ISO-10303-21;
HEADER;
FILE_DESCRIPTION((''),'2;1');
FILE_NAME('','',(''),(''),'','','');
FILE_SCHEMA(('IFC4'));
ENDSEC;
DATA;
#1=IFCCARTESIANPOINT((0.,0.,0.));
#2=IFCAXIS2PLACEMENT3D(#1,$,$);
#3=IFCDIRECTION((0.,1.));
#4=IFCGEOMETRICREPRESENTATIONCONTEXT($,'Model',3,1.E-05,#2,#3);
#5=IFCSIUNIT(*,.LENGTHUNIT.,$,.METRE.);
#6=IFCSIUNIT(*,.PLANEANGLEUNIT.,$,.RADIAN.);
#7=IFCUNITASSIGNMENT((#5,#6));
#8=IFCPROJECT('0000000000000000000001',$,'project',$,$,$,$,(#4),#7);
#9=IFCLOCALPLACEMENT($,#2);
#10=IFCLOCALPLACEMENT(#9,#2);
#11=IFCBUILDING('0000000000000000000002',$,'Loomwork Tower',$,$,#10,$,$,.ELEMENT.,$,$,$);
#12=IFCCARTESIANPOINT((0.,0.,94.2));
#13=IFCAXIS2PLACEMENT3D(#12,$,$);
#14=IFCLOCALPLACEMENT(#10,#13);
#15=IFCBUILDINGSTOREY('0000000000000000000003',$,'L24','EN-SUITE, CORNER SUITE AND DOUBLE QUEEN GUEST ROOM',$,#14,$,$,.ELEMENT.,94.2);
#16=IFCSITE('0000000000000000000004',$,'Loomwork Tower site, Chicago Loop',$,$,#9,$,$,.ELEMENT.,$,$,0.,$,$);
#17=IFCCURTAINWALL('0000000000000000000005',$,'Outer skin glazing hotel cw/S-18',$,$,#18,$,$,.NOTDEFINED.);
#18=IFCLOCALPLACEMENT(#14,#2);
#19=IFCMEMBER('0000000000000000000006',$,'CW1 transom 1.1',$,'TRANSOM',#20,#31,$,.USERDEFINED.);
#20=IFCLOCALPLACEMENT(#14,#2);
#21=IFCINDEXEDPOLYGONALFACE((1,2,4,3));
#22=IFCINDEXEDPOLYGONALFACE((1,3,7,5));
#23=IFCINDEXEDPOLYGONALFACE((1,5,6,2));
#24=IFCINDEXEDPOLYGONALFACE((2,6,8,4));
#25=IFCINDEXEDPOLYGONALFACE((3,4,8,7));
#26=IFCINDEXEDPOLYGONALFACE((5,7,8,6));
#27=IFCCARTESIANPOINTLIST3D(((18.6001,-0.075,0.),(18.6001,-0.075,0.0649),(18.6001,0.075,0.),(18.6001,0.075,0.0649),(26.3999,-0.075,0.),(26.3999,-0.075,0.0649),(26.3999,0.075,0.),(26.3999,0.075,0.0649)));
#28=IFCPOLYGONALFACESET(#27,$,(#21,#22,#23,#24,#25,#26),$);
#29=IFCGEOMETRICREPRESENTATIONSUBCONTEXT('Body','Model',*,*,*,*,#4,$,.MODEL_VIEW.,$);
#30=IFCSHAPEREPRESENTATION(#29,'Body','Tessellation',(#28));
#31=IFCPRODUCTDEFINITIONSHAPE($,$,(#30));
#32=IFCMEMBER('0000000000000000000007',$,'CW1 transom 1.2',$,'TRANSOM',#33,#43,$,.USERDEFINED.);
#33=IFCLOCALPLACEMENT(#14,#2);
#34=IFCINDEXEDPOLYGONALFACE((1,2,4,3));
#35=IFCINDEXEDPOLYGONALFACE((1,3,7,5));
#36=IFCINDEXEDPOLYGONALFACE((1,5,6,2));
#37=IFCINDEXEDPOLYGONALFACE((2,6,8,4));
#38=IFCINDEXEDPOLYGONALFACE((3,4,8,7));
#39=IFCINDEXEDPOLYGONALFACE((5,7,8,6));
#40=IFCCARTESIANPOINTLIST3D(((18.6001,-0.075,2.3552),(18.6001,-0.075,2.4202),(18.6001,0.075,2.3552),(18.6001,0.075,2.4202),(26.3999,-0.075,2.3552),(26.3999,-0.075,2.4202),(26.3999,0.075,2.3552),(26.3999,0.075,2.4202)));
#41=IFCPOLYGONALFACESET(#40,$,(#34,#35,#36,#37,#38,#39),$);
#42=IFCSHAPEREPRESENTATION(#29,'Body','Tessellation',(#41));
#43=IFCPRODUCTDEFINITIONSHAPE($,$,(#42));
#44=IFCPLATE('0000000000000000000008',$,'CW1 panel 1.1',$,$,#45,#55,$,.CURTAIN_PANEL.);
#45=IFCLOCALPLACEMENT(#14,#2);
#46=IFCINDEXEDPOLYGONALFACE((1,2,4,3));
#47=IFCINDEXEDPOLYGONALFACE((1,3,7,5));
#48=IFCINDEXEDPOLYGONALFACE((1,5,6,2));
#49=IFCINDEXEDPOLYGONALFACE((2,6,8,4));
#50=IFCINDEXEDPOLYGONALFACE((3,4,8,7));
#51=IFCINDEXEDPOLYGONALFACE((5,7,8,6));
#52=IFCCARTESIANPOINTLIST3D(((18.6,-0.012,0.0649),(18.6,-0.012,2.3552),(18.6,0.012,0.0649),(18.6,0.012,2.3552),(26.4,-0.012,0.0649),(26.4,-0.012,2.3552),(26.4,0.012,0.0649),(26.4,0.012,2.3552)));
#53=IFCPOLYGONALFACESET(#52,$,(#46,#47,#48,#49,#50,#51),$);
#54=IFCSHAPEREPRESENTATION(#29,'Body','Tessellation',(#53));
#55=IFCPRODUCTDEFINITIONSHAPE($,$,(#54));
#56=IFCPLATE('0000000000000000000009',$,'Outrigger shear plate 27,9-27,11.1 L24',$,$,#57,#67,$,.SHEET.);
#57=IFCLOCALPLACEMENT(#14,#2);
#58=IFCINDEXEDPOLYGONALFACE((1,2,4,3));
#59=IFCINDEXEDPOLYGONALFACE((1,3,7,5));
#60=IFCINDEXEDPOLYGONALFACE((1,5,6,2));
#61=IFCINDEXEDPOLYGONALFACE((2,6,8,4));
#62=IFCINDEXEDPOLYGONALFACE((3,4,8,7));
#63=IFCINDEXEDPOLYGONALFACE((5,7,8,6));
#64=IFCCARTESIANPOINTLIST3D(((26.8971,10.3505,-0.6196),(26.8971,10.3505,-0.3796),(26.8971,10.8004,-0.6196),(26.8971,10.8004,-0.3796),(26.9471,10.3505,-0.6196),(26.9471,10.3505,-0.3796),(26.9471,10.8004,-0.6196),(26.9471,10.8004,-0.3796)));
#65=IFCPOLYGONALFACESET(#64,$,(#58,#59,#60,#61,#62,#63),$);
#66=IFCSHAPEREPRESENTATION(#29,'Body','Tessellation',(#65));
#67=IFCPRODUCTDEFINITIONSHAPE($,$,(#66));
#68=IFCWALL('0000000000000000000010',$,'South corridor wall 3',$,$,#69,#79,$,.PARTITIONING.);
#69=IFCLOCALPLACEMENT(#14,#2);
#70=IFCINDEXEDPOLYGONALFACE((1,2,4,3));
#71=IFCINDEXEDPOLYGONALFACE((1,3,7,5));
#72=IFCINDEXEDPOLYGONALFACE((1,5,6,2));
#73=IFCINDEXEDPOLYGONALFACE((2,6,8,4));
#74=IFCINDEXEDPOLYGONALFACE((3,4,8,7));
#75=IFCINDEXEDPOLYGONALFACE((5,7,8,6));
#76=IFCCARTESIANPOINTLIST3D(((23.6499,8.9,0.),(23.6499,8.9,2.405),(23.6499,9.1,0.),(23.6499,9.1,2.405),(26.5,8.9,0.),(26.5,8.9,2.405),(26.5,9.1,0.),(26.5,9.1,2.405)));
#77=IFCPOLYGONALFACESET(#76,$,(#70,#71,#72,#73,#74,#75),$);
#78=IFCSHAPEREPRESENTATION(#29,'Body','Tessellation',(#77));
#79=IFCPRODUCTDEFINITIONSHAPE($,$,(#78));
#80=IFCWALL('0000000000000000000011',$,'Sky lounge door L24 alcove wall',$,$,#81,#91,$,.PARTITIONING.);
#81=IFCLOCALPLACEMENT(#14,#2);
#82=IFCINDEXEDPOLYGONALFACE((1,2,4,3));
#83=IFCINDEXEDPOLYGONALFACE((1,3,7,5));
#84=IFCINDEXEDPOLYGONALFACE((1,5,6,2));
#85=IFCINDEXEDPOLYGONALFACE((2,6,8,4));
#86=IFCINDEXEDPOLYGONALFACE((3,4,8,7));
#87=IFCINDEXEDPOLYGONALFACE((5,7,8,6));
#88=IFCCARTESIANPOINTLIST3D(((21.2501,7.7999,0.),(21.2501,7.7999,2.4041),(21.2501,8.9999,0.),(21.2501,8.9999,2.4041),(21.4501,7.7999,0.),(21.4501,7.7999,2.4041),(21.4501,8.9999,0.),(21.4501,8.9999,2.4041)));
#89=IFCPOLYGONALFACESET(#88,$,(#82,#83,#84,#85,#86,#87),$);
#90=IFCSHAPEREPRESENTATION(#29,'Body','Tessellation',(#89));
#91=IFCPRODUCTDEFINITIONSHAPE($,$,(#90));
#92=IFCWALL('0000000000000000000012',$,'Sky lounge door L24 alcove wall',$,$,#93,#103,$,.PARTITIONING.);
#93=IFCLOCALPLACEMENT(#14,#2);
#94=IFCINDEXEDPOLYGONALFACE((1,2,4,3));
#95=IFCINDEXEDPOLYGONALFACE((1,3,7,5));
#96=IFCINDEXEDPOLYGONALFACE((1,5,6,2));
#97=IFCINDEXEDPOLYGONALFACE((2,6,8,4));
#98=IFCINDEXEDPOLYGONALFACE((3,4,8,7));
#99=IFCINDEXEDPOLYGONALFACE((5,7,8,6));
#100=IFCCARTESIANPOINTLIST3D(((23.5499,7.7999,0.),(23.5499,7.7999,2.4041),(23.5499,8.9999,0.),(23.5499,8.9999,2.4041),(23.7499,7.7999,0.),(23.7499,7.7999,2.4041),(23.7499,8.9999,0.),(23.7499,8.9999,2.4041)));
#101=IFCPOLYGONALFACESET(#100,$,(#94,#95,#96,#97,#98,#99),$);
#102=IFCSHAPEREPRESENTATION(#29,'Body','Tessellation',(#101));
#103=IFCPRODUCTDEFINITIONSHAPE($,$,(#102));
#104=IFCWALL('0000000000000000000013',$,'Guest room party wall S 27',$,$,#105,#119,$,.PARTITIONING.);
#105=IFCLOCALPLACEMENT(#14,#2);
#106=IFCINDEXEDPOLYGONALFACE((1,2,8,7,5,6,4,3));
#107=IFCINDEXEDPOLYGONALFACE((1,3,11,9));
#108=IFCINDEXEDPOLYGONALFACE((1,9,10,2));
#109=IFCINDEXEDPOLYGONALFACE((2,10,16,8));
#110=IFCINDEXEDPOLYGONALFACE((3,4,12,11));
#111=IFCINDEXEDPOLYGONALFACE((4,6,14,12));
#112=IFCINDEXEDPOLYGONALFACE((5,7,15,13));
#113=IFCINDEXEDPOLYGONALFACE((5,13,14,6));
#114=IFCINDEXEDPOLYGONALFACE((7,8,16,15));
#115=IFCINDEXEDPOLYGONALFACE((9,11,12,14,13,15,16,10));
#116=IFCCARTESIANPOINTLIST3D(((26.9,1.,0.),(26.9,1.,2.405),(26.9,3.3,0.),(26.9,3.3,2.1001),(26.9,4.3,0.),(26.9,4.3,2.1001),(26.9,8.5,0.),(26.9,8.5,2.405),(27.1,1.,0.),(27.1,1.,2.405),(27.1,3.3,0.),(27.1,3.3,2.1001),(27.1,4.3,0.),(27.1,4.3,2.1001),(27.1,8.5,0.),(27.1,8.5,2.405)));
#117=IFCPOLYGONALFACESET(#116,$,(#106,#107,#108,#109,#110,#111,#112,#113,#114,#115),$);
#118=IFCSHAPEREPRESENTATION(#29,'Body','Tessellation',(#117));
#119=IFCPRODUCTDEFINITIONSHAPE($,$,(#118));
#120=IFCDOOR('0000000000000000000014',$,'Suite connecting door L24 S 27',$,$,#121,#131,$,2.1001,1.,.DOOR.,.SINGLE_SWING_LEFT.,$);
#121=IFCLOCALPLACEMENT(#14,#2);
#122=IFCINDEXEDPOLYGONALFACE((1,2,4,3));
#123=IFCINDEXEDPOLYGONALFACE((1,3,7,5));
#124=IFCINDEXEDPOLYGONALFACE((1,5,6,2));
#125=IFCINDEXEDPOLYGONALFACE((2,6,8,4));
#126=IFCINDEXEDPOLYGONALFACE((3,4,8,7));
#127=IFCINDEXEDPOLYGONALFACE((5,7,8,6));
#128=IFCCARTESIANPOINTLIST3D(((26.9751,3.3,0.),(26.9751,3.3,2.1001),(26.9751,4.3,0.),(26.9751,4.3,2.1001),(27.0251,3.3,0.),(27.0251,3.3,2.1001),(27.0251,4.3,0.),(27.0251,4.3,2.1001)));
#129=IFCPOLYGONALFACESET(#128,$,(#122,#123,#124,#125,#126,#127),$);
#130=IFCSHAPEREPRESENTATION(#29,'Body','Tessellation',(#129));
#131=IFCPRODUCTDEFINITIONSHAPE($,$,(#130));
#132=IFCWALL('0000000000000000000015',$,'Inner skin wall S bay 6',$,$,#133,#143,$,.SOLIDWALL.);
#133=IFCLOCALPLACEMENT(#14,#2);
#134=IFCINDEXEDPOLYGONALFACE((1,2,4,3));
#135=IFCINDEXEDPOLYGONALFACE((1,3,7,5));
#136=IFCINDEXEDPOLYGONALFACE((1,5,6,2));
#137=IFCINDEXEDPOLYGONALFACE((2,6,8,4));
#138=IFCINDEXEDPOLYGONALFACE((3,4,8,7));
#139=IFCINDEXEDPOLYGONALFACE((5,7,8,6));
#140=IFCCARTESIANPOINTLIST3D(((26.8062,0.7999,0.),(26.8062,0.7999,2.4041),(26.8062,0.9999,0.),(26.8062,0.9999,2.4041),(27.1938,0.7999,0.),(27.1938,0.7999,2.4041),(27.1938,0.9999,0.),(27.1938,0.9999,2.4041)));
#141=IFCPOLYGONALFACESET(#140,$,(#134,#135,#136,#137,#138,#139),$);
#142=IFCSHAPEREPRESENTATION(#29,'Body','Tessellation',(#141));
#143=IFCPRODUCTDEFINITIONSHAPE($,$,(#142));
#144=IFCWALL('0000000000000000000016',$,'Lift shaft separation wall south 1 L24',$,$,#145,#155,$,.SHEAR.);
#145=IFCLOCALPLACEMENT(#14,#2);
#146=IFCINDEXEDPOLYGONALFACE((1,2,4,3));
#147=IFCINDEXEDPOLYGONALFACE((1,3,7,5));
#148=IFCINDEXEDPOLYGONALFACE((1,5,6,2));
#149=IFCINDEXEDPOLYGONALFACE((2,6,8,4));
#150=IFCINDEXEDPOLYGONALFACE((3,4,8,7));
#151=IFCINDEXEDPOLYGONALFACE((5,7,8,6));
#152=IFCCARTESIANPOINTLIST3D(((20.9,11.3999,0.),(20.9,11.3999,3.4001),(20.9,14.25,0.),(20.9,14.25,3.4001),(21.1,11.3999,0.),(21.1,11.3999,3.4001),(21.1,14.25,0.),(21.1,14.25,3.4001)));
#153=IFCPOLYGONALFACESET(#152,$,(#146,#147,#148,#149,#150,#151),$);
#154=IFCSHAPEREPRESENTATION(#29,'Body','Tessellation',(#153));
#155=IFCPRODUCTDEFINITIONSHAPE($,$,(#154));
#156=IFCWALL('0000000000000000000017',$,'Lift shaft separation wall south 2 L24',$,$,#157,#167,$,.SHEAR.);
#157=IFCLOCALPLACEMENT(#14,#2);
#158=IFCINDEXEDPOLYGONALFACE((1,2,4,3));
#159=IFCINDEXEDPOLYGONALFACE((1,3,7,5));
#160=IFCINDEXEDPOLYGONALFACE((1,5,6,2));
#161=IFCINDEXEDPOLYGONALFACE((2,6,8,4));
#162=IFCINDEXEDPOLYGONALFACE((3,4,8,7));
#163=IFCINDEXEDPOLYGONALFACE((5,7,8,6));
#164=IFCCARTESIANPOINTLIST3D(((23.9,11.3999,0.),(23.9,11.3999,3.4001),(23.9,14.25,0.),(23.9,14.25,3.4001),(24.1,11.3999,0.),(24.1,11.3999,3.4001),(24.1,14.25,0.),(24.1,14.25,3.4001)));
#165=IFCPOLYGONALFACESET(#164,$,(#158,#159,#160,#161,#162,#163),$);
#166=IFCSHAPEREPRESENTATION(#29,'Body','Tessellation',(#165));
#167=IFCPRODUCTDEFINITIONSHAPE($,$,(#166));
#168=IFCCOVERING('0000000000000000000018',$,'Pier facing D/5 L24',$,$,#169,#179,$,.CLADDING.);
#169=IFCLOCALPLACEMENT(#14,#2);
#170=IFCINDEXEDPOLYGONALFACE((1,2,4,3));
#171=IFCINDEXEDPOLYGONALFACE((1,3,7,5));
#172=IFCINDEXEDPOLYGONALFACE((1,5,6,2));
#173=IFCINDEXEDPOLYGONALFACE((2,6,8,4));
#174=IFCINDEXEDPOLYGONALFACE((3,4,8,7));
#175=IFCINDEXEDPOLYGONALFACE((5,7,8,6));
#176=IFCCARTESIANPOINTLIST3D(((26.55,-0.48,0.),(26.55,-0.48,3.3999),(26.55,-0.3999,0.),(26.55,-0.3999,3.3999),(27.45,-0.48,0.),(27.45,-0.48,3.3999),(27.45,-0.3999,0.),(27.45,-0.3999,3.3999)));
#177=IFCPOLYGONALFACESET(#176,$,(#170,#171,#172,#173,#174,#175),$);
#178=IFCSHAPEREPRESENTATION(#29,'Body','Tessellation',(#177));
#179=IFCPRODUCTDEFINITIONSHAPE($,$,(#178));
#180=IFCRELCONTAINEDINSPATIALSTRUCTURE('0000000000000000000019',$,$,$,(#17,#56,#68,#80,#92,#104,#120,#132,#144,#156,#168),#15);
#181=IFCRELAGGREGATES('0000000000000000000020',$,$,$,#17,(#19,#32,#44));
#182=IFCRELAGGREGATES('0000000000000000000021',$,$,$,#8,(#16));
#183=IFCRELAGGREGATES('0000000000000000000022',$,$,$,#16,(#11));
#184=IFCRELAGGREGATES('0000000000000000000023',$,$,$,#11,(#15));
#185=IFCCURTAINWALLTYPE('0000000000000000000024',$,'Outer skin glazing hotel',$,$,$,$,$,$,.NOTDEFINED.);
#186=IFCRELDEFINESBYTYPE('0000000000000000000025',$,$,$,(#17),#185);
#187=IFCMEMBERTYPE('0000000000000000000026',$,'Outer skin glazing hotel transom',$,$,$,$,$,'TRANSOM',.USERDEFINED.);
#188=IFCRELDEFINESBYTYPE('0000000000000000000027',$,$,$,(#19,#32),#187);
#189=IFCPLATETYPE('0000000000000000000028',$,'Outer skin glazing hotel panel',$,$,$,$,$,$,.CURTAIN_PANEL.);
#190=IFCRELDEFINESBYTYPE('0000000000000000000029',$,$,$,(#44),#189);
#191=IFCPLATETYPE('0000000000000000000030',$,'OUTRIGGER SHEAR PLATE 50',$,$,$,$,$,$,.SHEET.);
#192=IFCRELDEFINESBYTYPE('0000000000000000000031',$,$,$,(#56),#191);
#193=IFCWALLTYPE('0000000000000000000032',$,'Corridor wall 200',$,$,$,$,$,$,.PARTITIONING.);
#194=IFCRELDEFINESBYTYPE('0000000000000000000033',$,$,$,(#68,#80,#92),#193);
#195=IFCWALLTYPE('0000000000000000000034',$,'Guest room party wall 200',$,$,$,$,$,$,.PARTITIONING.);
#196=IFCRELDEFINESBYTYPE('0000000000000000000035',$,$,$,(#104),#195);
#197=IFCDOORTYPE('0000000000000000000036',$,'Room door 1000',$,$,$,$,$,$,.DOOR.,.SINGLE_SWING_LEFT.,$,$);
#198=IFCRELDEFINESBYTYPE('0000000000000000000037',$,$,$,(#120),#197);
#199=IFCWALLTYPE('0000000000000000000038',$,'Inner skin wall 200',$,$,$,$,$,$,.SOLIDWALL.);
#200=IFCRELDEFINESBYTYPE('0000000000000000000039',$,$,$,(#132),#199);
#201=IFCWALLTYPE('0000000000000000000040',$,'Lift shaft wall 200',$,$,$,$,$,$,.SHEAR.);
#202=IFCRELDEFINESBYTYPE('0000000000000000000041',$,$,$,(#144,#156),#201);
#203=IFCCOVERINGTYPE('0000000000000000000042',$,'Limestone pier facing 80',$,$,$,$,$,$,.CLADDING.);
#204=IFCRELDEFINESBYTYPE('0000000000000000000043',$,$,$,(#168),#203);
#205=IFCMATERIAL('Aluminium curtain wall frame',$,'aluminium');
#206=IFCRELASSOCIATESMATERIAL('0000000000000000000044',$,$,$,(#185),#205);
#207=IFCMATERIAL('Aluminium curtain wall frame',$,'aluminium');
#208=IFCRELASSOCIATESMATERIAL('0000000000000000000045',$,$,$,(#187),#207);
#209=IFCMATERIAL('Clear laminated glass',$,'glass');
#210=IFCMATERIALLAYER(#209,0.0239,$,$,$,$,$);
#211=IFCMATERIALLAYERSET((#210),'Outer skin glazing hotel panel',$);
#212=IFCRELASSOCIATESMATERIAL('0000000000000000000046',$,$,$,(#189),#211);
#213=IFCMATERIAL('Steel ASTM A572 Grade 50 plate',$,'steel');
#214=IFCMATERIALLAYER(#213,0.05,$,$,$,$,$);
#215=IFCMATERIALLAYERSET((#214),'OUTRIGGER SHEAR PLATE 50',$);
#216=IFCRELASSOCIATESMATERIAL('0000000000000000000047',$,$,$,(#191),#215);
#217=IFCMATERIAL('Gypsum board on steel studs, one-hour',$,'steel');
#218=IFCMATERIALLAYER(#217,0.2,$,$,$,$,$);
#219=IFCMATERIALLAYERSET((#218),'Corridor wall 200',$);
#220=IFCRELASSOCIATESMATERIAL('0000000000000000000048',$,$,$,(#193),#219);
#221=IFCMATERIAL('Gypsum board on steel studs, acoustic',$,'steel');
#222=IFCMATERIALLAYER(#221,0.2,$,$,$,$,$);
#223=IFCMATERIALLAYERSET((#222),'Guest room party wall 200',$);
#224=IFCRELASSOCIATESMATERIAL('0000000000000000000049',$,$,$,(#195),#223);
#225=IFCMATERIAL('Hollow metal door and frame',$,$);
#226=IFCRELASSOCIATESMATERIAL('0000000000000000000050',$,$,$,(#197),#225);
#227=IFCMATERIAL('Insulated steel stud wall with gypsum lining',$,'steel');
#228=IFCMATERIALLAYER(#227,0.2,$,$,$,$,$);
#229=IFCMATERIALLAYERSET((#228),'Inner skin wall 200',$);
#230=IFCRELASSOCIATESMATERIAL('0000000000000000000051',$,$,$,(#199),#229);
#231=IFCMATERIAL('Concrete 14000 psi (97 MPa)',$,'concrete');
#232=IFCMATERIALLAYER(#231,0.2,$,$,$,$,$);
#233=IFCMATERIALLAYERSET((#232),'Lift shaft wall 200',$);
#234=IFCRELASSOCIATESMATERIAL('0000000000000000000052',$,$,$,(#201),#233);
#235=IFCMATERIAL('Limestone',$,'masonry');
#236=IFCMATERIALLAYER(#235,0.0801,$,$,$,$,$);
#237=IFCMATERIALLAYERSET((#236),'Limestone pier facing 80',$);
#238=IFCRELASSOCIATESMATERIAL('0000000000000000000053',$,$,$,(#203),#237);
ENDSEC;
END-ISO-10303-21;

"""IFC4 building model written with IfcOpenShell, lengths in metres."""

from ifc_helpers import new_model, si_unit, direction, frame, frame_2d, origin, origin_2d, place, context, subcontext, project, spatial, rectangle, extrude, material, layer, layer_set, material_profile, profile_set, type_object, element, fill, aggregate, save


model = new_model("IFC4")

# Units and contexts
model_context = context("Model", 3, precision=1e-05, world=origin(), true_north=direction((0.0, 1.0)))
body_context = subcontext(model_context, "Body", "Model", "MODEL_VIEW")
ifc_project = project(units=[si_unit("LENGTHUNIT", "METRE"), si_unit("PLANEANGLEUNIT", "RADIAN")], contexts=[model_context])

# Site, building, storey
site_placement = place(None, origin())
site = spatial("IfcSite", under=ifc_project, at=site_placement, Name="Loomwork Tower site, Chicago Loop", CompositionType="ELEMENT", RefElevation=0.0)
building_placement = place(site_placement, origin())
building = spatial("IfcBuilding", under=site, at=building_placement, Name="Loomwork Tower", CompositionType="ELEMENT")
storey_placement = place(building_placement, frame((0.0, 0.0, 94.2)))
storey = spatial("IfcBuildingStorey", under=building, at=storey_placement, Name="L24", Description="EN-SUITE, CORNER SUITE AND DOUBLE QUEEN GUEST ROOM", CompositionType="ELEMENT", Elevation=94.2)

# Curtain wall, members, plate
ifc_material_1 = material(Name="Aluminium curtain wall frame", Category="aluminium")
curtain_wall_type = type_object("IfcCurtainWallType", Name="Outer skin glazing hotel", PredefinedType="NOTDEFINED", material=ifc_material_1)
curtain_wall_placement = place(storey_placement, origin())
curtain_wall = element("IfcCurtainWall", 1, at=curtain_wall_placement, inside=storey, type_object=curtain_wall_type, Name="Outer skin glazing hotel cw/S-18", PredefinedType="NOTDEFINED")
ifc_material_2 = material(Name="Aluminium curtain wall frame", Category="aluminium")
ifc_material_profile_1 = material_profile(ifc_material_2, rectangle(XDim=0.1499, YDim=0.0649, at=origin_2d()), Name="AL 65x150")
ifc_profile_set_1 = profile_set([ifc_material_profile_1], Name="Aluminium curtain wall frame")
member_type_1 = type_object("IfcMemberType", Name="Outer skin glazing hotel transom", ElementType="TRANSOM", PredefinedType="USERDEFINED", material=ifc_profile_set_1)
member_1_placement = place(storey_placement, frame((18.6001, 0.0, 0.0325), z_axis=(1.0, 0.0, 0.0), x_axis=(0.0, 1.0, 0.0)))
member_1 = element("IfcMember", 2, at=member_1_placement, type_object=member_type_1, Name="CW1 transom 1.1", ObjectType="TRANSOM", PredefinedType="USERDEFINED", context=body_context, shape_type="SweptSolid", body=[
    extrude(rectangle(XDim=0.1499, YDim=0.0649, at=origin_2d()), origin(), (0.0, 0.0, 1.0), 7.7998),
])
member_2_placement = place(storey_placement, frame((18.6001, 0.0, 2.3877), z_axis=(1.0, 0.0, 0.0), x_axis=(0.0, 1.0, 0.0)))
member_2 = element("IfcMember", 3, at=member_2_placement, type_object=member_type_1, Name="CW1 transom 1.2", ObjectType="TRANSOM", PredefinedType="USERDEFINED", context=body_context, shape_type="SweptSolid", body=[
    extrude(rectangle(XDim=0.1499, YDim=0.0649, at=origin_2d()), origin(), (0.0, 0.0, 1.0), 7.7998),
])
ifc_material_3 = material(Name="Clear laminated glass", Category="glass")
ifc_layer_1 = layer(ifc_material_3, 0.0239)
ifc_layer_set_1 = layer_set([ifc_layer_1], Name="Outer skin glazing hotel panel")
plate_type_1 = type_object("IfcPlateType", Name="Outer skin glazing hotel panel", PredefinedType="CURTAIN_PANEL", material=ifc_layer_set_1)
plate_1_placement = place(storey_placement, frame((22.5, 0.0, 0.0649), z_axis=(0.0, 0.0, 1.0), x_axis=(1.0, 0.0, 0.0)))
plate_1 = element("IfcPlate", 4, at=plate_1_placement, type_object=plate_type_1, Name="CW1 panel 1.1", PredefinedType="CURTAIN_PANEL", context=body_context, shape_type="SweptSolid", body=[
    extrude(rectangle(XDim=7.8, YDim=0.0239, at=origin_2d()), origin(), (0.0, 0.0, 1.0), 2.2903),
])
aggregate(curtain_wall, [member_1, member_2, plate_1])

# Plate
ifc_material_4 = material(Name="Steel ASTM A572 Grade 50 plate", Category="steel")
ifc_layer_2 = layer(ifc_material_4, 0.05)
ifc_layer_set_2 = layer_set([ifc_layer_2], Name="OUTRIGGER SHEAR PLATE 50")
plate_type_2 = type_object("IfcPlateType", Name="OUTRIGGER SHEAR PLATE 50", PredefinedType="SHEET", material=ifc_layer_set_2)
plate_2_placement = place(storey_placement, frame((26.9221, 10.5754, -0.6196), z_axis=(0.0, 0.0, 1.0), x_axis=(0.0, 1.0, 0.0)))
element("IfcPlate", 5, at=plate_2_placement, inside=storey, type_object=plate_type_2, Name="Outrigger shear plate 27,9-27,11.1 L24", PredefinedType="SHEET", context=body_context, shape_type="SweptSolid", body=[
    extrude(rectangle(XDim=0.45, YDim=0.05, at=origin_2d()), origin(), (0.0, 0.0, 1.0), 0.24),
])

# Walls
ifc_material_5 = material(Name="Gypsum board on steel studs, one-hour", Category="steel")
ifc_layer_3 = layer(ifc_material_5, 0.2)
ifc_layer_set_3 = layer_set([ifc_layer_3], Name="Corridor wall 200")
wall_type_1 = type_object("IfcWallType", Name="Corridor wall 200", PredefinedType="PARTITIONING", material=ifc_layer_set_3)
wall_1_placement = place(storey_placement, frame((23.6499, 9.0, 0.0), z_axis=(0.0, 0.0, 1.0), x_axis=(1.0, 0.0, 0.0)))
element("IfcWall", 6, at=wall_1_placement, inside=storey, type_object=wall_type_1, Name="South corridor wall 3", PredefinedType="PARTITIONING", context=body_context, shape_type="SweptSolid", body=[
    extrude(rectangle(XDim=2.8501, YDim=0.2, at=frame_2d((1.425, 0.0))), origin(), (0.0, 0.0, 1.0), 2.405),
])
for number, where, z_axis, x_axis, name in (
    (7, (21.3501, 9.0, 0.0), (0.0, 0.0, 1.0), (0.0, -1.0, 0.0), "Sky lounge door L24 alcove wall"),
    (8, (23.6499, 9.0, 0.0), (0.0, 0.0, 1.0), (0.0, -1.0, 0.0), "Sky lounge door L24 alcove wall"),
):
    element("IfcWall", number, at=place(storey_placement, frame(where, z_axis=z_axis, x_axis=x_axis)), inside=storey, type_object=wall_type_1, Name=name, PredefinedType="PARTITIONING", context=body_context, shape_type="SweptSolid", body=[
        extrude(rectangle(XDim=1.2, YDim=0.2, at=frame_2d((0.6001, 0.0))), origin(), (0.0, 0.0, 1.0), 2.4041),
    ])

# Wall, opening, door
ifc_material_6 = material(Name="Gypsum board on steel studs, acoustic", Category="steel")
ifc_layer_4 = layer(ifc_material_6, 0.2)
ifc_layer_set_4 = layer_set([ifc_layer_4], Name="Guest room party wall 200")
wall_type_2 = type_object("IfcWallType", Name="Guest room party wall 200", PredefinedType="PARTITIONING", material=ifc_layer_set_4)
wall_2_placement = place(storey_placement, frame((27.0, 8.5, 0.0), z_axis=(0.0, 0.0, 1.0), x_axis=(0.0, -1.0, 0.0)))
wall_2 = element("IfcWall", 9, at=wall_2_placement, inside=storey, type_object=wall_type_2, Name="Guest room party wall S 27", PredefinedType="PARTITIONING", context=body_context, shape_type="SweptSolid", body=[
    extrude(rectangle(XDim=7.5, YDim=0.2, at=frame_2d((3.75, 0.0))), origin(), (0.0, 0.0, 1.0), 2.405),
])
opening_1_placement = place(wall_2_placement, frame((4.2, 0.0, 0.0)))
opening_1 = element("IfcOpeningElement", 10, at=opening_1_placement, cuts=wall_2, PredefinedType="OPENING", context=body_context, shape_type="SweptSolid", body=[
    extrude(rectangle(XDim=1.0, YDim=2.1001, at=frame_2d((0.5, 1.05))), frame((0.0, 0.1099, 0.0), z_axis=(0.0, -1.0, 0.0), x_axis=(1.0, 0.0, 0.0)), (0.0, 0.0, 1.0), 0.22),
])
ifc_material_7 = material(Name="Hollow metal door and frame")
door_type_1 = type_object("IfcDoorType", Name="Room door 1000", OperationType="SINGLE_SWING_LEFT", PredefinedType="DOOR", material=ifc_material_7)
door_1_placement = place(opening_1_placement, frame((1.0, 0.0, 0.0), z_axis=(0.0, 0.0, 1.0), x_axis=(-1.0, 0.0, 0.0)))
door_1 = element("IfcDoor", 11, at=door_1_placement, inside=storey, type_object=door_type_1, Name="Suite connecting door L24 S 27", OperationType="SINGLE_SWING_LEFT", OverallHeight=2.1001, OverallWidth=1.0, PredefinedType="DOOR", context=body_context, shape_type="SweptSolid", body=[
    extrude(rectangle(XDim=1.0, YDim=2.1001, at=frame_2d((0.5, 1.05))), frame((0.0, 0.0249, 0.0), z_axis=(0.0, -1.0, 0.0), x_axis=(1.0, 0.0, 0.0)), (0.0, 0.0, 1.0), 0.05),
])
fill(opening_1, door_1)

# Walls
ifc_material_8 = material(Name="Insulated steel stud wall with gypsum lining", Category="steel")
ifc_layer_5 = layer(ifc_material_8, 0.2)
ifc_layer_set_5 = layer_set([ifc_layer_5], Name="Inner skin wall 200")
wall_type_3 = type_object("IfcWallType", Name="Inner skin wall 200", PredefinedType="SOLIDWALL", material=ifc_layer_set_5)
wall_3_placement = place(storey_placement, frame((26.8062, 0.8999, 0.0), z_axis=(0.0, 0.0, 1.0), x_axis=(1.0, 0.0, 0.0)))
element("IfcWall", 12, at=wall_3_placement, inside=storey, type_object=wall_type_3, Name="Inner skin wall S bay 6", PredefinedType="SOLIDWALL", context=body_context, shape_type="SweptSolid", body=[
    extrude(rectangle(XDim=0.3877, YDim=0.2, at=frame_2d((0.1938, 0.0))), origin(), (0.0, 0.0, 1.0), 2.4041),
])
ifc_material_9 = material(Name="Concrete 14000 psi (97 MPa)", Category="concrete")
ifc_layer_6 = layer(ifc_material_9, 0.2)
ifc_layer_set_6 = layer_set([ifc_layer_6], Name="Lift shaft wall 200")
wall_type_4 = type_object("IfcWallType", Name="Lift shaft wall 200", PredefinedType="SHEAR", material=ifc_layer_set_6)
for number, where, z_axis, x_axis, name in (
    (13, (21.0, 11.3999, 0.0), (0.0, 0.0, 1.0), (0.0, 1.0, 0.0), "Lift shaft separation wall south 1 L24"),
    (14, (24.0, 11.3999, 0.0), (0.0, 0.0, 1.0), (0.0, 1.0, 0.0), "Lift shaft separation wall south 2 L24"),
):
    element("IfcWall", number, at=place(storey_placement, frame(where, z_axis=z_axis, x_axis=x_axis)), inside=storey, type_object=wall_type_4, Name=name, PredefinedType="SHEAR", context=body_context, shape_type="SweptSolid", body=[
        extrude(rectangle(XDim=2.8501, YDim=0.2, at=frame_2d((1.425, 0.0))), origin(), (0.0, 0.0, 1.0), 3.4001),
    ])

# Covering
ifc_material_10 = material(Name="Limestone", Category="masonry")
ifc_layer_7 = layer(ifc_material_10, 0.0801)
ifc_layer_set_7 = layer_set([ifc_layer_7], Name="Limestone pier facing 80")
covering_type = type_object("IfcCoveringType", Name="Limestone pier facing 80", PredefinedType="CLADDING", material=ifc_layer_set_7)
covering_placement = place(storey_placement, frame((27.0, -0.4399, 0.0), z_axis=(0.0, 0.0, 1.0), x_axis=(1.0, 0.0, 0.0)))
element("IfcCovering", 15, at=covering_placement, inside=storey, type_object=covering_type, Name="Pier facing D/5 L24", PredefinedType="CLADDING", context=body_context, shape_type="SweptSolid", body=[
    extrude(rectangle(XDim=0.8999, YDim=0.0801, at=origin_2d()), origin(), (0.0, 0.0, 1.0), 3.3999),
])

save(model, "model.ifc")
